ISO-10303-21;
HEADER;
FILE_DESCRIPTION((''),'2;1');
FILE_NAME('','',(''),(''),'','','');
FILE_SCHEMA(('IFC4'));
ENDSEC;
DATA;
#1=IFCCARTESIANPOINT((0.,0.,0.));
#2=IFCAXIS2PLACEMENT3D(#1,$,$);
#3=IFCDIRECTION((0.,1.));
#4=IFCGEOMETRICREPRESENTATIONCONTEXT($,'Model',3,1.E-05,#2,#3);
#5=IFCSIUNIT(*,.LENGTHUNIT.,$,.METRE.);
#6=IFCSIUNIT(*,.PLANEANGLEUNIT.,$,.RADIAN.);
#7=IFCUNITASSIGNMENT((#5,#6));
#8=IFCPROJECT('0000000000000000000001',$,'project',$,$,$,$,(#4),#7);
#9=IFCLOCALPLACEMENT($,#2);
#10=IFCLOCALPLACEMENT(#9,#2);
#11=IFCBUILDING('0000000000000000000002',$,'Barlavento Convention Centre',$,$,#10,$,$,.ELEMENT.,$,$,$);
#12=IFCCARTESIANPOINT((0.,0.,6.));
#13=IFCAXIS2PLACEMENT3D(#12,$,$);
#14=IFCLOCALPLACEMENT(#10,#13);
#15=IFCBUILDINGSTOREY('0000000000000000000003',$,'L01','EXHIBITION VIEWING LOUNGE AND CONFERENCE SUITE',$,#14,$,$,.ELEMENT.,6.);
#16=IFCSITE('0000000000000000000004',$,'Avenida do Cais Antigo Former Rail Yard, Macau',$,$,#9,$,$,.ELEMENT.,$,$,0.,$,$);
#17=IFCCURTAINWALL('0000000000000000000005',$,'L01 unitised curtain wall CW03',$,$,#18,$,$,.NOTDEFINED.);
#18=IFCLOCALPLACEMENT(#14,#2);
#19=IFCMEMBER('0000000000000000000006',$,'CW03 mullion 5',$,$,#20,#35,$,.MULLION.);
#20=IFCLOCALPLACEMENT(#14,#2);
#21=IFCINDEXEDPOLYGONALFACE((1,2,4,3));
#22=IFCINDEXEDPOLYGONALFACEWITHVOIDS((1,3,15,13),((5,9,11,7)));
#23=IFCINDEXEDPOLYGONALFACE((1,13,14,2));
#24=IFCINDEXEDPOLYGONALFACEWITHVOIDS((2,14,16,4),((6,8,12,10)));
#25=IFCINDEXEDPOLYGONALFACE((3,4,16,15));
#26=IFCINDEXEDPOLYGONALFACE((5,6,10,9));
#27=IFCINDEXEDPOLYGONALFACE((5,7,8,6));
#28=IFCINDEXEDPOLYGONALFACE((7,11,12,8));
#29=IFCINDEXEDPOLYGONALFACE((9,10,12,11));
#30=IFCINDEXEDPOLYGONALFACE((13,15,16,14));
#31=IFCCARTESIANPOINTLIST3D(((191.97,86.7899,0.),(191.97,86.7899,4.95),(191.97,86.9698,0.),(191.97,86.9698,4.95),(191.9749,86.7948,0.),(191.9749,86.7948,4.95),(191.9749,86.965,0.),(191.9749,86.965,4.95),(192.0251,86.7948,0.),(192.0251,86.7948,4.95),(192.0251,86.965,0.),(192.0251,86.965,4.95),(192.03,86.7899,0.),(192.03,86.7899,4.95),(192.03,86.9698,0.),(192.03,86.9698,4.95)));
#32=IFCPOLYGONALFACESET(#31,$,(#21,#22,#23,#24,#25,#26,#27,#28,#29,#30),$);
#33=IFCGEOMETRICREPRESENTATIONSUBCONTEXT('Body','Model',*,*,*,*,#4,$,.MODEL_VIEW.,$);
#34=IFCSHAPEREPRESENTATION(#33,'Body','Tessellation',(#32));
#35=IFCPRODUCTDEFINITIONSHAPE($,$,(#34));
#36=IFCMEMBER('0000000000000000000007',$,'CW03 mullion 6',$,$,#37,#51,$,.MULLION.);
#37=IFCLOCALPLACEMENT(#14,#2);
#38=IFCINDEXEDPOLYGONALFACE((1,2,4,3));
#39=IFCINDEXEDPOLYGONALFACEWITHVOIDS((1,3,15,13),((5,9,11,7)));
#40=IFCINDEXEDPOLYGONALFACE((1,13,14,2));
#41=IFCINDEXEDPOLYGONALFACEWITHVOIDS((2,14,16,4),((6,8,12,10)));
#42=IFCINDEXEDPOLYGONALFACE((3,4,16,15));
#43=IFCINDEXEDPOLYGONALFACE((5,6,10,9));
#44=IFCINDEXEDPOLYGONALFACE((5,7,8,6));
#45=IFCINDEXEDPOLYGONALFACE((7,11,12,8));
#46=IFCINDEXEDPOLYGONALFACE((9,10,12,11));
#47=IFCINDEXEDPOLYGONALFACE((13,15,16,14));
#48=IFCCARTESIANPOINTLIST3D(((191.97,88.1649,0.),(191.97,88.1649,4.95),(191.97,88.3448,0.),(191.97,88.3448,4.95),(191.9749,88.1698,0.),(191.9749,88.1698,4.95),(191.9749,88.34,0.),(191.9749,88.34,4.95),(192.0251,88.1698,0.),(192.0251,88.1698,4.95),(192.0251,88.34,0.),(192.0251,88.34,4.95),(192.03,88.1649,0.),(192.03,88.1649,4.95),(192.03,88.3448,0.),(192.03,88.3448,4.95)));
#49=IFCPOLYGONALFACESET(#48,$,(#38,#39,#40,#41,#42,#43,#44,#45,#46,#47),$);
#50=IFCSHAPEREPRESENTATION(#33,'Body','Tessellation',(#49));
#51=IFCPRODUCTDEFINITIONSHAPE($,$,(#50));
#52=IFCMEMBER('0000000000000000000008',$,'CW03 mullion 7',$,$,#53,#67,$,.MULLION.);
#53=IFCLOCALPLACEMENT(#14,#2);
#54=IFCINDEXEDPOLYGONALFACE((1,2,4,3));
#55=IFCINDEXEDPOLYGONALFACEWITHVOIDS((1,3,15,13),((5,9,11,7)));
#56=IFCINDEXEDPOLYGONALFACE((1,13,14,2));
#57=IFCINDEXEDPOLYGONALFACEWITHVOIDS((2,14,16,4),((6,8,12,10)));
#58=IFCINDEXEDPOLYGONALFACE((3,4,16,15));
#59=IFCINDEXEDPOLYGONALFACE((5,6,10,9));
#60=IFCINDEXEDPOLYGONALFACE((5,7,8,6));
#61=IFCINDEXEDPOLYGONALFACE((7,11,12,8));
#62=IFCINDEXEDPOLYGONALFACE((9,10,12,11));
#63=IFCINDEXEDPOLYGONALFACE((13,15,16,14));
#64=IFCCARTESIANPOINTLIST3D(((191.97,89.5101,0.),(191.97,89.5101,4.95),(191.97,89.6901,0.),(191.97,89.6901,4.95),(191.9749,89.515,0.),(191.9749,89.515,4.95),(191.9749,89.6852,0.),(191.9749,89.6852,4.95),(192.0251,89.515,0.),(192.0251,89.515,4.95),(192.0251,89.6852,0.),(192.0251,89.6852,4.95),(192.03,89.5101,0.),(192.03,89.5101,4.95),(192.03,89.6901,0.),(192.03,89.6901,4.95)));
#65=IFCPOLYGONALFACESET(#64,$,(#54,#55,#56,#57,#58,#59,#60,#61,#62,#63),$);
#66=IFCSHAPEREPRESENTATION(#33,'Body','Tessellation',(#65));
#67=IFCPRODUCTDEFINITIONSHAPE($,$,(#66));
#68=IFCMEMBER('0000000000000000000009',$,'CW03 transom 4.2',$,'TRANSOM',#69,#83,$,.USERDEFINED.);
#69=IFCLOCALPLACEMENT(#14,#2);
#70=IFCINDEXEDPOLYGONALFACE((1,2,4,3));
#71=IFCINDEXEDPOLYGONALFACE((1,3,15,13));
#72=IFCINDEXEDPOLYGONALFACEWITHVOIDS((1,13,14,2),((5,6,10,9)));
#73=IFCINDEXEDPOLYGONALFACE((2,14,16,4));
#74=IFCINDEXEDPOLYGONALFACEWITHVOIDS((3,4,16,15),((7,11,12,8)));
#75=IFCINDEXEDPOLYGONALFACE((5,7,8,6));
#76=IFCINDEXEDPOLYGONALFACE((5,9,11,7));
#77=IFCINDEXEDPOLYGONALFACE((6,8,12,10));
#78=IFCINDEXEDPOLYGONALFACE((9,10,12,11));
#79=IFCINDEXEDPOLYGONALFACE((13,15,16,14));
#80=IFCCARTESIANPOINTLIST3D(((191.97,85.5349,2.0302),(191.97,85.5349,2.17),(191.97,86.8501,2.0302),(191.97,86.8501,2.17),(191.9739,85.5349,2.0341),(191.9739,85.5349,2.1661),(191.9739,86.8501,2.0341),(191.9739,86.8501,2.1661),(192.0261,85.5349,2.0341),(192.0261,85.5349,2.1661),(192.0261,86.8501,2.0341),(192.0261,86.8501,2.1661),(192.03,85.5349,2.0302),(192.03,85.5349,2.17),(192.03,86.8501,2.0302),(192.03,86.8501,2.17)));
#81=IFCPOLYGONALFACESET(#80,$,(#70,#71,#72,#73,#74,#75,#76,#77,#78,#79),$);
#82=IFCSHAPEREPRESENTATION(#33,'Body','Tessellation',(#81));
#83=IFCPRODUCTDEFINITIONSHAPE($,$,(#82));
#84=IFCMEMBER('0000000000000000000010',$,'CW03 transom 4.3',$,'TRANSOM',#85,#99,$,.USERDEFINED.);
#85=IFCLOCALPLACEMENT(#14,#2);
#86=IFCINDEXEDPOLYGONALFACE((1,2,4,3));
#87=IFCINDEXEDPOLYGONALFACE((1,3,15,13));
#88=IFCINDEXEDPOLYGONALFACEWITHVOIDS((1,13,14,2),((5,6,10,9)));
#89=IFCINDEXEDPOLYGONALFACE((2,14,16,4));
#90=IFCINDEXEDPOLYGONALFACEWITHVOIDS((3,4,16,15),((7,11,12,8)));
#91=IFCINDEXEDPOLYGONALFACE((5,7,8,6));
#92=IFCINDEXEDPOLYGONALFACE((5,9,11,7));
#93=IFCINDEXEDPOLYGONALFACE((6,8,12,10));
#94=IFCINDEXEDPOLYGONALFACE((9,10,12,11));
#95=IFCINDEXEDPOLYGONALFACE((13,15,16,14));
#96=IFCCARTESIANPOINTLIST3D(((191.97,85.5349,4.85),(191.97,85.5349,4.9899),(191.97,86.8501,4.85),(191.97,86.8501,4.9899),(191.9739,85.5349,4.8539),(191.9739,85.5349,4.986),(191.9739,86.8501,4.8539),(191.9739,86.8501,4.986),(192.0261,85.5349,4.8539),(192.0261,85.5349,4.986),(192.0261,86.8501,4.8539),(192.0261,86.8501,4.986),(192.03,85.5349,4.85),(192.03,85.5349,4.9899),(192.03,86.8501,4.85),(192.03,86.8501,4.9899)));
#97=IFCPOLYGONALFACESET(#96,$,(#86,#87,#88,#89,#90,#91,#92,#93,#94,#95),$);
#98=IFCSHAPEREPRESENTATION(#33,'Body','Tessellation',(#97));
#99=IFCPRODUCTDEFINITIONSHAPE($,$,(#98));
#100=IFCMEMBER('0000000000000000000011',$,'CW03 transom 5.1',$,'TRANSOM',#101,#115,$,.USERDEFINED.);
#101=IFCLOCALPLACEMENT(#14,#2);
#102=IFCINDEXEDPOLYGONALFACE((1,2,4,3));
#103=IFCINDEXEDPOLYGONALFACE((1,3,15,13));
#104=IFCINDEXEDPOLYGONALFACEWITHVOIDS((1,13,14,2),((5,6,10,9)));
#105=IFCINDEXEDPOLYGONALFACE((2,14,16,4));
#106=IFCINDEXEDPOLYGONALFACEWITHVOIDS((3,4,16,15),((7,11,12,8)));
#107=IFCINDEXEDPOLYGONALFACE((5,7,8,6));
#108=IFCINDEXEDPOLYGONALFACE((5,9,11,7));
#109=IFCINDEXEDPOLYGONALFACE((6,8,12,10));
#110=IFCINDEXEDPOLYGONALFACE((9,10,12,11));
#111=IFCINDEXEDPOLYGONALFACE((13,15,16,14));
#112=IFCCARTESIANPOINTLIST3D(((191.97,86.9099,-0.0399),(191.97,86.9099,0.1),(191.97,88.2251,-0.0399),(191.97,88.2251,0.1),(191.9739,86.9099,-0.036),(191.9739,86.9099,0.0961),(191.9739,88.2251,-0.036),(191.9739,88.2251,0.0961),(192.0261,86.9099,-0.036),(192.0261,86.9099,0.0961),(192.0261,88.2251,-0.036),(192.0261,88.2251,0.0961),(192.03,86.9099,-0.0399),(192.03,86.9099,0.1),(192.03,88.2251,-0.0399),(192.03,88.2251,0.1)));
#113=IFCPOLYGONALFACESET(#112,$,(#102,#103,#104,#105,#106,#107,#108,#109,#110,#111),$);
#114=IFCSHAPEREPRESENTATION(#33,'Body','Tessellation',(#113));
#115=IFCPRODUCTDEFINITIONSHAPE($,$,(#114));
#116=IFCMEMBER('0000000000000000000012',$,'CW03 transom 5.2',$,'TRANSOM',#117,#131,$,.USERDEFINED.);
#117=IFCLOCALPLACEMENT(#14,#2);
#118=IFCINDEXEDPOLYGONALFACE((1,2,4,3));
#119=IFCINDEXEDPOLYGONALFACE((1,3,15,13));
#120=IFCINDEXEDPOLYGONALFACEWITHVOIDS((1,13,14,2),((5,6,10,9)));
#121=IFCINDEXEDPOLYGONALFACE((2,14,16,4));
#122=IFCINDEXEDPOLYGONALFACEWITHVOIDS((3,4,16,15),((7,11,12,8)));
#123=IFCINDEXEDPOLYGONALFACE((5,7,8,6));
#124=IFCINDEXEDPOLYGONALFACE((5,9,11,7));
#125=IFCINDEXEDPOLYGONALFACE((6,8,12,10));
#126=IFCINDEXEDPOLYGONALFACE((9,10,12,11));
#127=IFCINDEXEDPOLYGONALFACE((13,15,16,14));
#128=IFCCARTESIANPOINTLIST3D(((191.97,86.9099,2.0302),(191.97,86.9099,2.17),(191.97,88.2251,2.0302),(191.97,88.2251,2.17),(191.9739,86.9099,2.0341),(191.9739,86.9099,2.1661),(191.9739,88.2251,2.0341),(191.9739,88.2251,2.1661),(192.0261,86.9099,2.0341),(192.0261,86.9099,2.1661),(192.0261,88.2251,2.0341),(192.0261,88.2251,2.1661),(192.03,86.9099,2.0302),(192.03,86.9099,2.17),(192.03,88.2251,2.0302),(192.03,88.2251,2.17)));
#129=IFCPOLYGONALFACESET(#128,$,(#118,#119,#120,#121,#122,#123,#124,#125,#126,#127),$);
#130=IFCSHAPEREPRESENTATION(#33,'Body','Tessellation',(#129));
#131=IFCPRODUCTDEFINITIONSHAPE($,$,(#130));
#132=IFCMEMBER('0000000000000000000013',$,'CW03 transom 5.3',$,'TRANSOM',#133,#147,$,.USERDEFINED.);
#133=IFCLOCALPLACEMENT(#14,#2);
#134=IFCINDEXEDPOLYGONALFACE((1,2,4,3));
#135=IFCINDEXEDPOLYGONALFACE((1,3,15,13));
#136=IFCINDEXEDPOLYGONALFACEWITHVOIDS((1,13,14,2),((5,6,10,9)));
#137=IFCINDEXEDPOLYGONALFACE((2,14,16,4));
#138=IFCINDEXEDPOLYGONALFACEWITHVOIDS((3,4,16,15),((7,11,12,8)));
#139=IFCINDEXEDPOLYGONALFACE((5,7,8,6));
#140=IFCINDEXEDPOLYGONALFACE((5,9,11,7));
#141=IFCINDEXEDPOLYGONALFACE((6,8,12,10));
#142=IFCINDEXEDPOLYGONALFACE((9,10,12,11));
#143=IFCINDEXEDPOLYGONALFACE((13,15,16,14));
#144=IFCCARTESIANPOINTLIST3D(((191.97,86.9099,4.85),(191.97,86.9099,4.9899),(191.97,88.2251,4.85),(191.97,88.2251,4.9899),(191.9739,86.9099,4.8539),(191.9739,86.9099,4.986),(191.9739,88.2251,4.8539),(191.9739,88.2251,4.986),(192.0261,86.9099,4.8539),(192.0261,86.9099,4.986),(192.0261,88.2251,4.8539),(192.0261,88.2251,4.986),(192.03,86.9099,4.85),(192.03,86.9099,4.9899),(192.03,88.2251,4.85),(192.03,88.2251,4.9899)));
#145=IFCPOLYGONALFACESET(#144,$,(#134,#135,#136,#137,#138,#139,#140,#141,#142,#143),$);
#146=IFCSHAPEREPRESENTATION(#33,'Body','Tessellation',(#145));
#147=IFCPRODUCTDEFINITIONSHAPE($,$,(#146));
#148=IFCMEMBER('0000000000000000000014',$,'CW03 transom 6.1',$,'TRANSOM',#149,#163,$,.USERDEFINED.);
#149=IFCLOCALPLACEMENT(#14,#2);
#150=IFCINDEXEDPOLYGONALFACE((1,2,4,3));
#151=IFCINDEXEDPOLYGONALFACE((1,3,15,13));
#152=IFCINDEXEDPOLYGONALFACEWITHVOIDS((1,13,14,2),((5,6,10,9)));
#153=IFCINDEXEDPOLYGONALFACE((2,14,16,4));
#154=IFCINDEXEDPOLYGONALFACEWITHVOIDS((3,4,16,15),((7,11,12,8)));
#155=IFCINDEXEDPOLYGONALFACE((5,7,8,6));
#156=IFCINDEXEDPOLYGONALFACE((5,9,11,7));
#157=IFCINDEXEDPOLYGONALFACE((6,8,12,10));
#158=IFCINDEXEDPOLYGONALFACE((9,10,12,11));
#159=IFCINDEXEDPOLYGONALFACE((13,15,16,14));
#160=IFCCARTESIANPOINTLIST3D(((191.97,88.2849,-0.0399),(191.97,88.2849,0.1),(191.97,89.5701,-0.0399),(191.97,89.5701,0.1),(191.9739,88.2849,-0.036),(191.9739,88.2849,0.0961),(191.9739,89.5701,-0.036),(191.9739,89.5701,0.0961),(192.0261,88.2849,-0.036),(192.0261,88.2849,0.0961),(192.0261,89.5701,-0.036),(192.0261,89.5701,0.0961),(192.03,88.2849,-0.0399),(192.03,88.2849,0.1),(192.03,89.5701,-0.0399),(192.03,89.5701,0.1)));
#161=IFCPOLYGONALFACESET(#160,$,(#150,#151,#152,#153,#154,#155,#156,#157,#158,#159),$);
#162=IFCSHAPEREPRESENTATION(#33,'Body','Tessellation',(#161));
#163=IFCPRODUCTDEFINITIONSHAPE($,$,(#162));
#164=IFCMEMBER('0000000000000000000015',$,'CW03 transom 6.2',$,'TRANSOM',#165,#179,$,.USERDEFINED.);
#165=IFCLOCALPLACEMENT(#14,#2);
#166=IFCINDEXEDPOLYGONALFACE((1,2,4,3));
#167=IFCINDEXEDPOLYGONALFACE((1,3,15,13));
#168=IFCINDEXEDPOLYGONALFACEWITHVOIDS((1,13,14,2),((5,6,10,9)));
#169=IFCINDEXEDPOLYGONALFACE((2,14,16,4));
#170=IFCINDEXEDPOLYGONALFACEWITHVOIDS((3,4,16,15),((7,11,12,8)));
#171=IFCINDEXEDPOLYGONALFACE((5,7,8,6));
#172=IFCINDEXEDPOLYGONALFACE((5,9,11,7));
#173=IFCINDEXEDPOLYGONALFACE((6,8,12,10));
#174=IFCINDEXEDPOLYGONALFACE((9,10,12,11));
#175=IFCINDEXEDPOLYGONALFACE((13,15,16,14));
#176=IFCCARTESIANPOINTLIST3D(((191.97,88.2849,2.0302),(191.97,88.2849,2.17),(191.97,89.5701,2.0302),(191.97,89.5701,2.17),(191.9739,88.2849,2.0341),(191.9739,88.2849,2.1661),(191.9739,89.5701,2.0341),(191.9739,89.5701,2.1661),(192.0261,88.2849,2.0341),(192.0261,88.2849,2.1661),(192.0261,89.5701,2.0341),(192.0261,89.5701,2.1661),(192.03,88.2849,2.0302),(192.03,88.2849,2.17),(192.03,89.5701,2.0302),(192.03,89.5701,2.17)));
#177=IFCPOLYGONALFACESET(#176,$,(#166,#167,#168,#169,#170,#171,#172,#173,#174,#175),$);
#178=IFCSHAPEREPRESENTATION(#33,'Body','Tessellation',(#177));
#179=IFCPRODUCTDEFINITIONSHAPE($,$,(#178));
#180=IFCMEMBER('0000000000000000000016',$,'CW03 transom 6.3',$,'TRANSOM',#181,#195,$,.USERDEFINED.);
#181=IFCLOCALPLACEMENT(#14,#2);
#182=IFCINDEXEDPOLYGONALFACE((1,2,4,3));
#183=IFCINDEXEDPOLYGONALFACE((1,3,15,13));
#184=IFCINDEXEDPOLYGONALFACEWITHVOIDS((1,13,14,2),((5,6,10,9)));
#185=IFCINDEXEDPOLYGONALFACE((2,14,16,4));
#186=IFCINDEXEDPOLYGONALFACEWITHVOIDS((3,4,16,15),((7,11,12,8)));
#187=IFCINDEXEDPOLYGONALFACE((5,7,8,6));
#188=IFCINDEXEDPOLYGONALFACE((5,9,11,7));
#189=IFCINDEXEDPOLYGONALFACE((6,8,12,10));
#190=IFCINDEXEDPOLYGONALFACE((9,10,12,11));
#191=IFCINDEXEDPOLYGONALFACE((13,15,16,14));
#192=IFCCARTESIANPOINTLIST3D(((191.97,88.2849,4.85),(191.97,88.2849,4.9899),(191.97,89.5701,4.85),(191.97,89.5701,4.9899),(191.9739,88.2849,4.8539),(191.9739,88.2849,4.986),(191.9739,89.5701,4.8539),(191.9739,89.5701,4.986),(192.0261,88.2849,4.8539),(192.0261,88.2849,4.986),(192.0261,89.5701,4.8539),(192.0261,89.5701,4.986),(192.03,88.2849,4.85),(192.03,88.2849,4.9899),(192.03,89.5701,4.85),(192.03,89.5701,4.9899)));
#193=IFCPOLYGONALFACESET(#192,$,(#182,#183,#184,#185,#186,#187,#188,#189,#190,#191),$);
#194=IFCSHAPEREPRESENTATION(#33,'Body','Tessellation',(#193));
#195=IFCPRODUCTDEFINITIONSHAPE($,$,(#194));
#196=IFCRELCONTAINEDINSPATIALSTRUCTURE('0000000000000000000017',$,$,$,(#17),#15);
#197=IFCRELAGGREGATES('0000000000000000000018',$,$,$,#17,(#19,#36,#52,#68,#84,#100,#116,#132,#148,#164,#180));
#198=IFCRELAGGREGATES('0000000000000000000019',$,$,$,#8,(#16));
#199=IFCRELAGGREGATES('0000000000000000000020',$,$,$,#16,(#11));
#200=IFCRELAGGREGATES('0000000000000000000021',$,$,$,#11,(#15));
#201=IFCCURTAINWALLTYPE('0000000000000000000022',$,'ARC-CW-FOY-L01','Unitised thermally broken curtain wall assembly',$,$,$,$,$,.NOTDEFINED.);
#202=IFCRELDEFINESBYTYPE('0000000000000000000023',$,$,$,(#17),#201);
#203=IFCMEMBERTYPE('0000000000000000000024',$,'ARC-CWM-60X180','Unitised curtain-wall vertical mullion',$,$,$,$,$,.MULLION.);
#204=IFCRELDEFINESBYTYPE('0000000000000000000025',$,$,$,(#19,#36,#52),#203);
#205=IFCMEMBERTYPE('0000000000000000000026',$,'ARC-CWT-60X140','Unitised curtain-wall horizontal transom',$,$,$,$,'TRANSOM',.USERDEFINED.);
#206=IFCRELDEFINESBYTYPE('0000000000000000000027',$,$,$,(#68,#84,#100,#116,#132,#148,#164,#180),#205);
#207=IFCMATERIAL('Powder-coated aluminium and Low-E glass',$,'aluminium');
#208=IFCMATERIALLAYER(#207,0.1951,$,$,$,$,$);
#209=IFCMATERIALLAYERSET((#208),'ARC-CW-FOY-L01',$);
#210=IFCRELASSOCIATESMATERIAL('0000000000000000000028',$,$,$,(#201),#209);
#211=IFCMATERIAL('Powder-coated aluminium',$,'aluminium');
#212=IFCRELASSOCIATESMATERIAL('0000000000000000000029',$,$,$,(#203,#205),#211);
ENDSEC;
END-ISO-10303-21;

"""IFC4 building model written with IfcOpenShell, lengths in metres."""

from ifc_helpers import new_model, si_unit, direction, frame, origin, origin_2d, place, context, subcontext, project, spatial, hollow_rectangle, extrude, material, layer, layer_set, material_profile, profile_set, type_object, element, aggregate, save


model = new_model("IFC4")

# Units and contexts
model_context = context("Model", 3, precision=1e-05, world=origin(), true_north=direction((0.0, 1.0)))
body_context = subcontext(model_context, "Body", "Model", "MODEL_VIEW")
ifc_project = project(units=[si_unit("LENGTHUNIT", "METRE"), si_unit("PLANEANGLEUNIT", "RADIAN")], contexts=[model_context])

# Site, building, storey
site_placement = place(None, origin())
site = spatial("IfcSite", under=ifc_project, at=site_placement, Name="Avenida do Cais Antigo Former Rail Yard, Macau", CompositionType="ELEMENT", RefElevation=0.0)
building_placement = place(site_placement, origin())
building = spatial("IfcBuilding", under=site, at=building_placement, Name="Barlavento Convention Centre", CompositionType="ELEMENT")
storey_placement = place(building_placement, frame((0.0, 0.0, 6.0)))
storey = spatial("IfcBuildingStorey", under=building, at=storey_placement, Name="L01", Description="EXHIBITION VIEWING LOUNGE AND CONFERENCE SUITE", CompositionType="ELEMENT", Elevation=6.0)

# Curtain wall, members
ifc_material_1 = material(Name="Powder-coated aluminium and Low-E glass", Category="aluminium")
ifc_layer_1 = layer(ifc_material_1, 0.1951)
ifc_layer_set_1 = layer_set([ifc_layer_1], Name="ARC-CW-FOY-L01")
curtain_wall_type = type_object("IfcCurtainWallType", Name="ARC-CW-FOY-L01", Description="Unitised thermally broken curtain wall assembly", PredefinedType="NOTDEFINED", material=ifc_layer_set_1)
curtain_wall_placement = place(storey_placement, origin())
curtain_wall = element("IfcCurtainWall", 1, at=curtain_wall_placement, inside=storey, type_object=curtain_wall_type, Name="L01 unitised curtain wall CW03", PredefinedType="NOTDEFINED")
ifc_material_2 = material(Name="Powder-coated aluminium", Category="aluminium")
ifc_material_profile_1 = material_profile(ifc_material_2, hollow_rectangle(XDim=0.0601, YDim=0.1799, WallThickness=0.0049, at=origin_2d()), Name="AL-MULL 60x180x5")
ifc_profile_set_1 = profile_set([ifc_material_profile_1], Name="Powder-coated aluminium")
member_type_1 = type_object("IfcMemberType", Name="ARC-CWM-60X180", Description="Unitised curtain-wall vertical mullion", PredefinedType="MULLION", material=ifc_profile_set_1)
member_1_placement = place(storey_placement, frame((192.0, 86.8799, 0.0), z_axis=(0.0, 0.0, 1.0), x_axis=(-1.0, 0.0, 0.0)))
member_1 = element("IfcMember", 2, at=member_1_placement, type_object=member_type_1, Name="CW03 mullion 5", PredefinedType="MULLION", context=body_context, shape_type="SweptSolid", body=[
    extrude(hollow_rectangle(XDim=0.0601, YDim=0.1799, WallThickness=0.0049, at=origin_2d()), origin(), (0.0, 0.0, 1.0), 4.95),
])
member_2_placement = place(storey_placement, frame((192.0, 88.2549, 0.0), z_axis=(0.0, 0.0, 1.0), x_axis=(-1.0, 0.0, 0.0)))
member_2 = element("IfcMember", 3, at=member_2_placement, type_object=member_type_1, Name="CW03 mullion 6", PredefinedType="MULLION", context=body_context, shape_type="SweptSolid", body=[
    extrude(hollow_rectangle(XDim=0.0601, YDim=0.1799, WallThickness=0.0049, at=origin_2d()), origin(), (0.0, 0.0, 1.0), 4.95),
])
member_3_placement = place(storey_placement, frame((192.0, 89.6001, 0.0), z_axis=(0.0, 0.0, 1.0), x_axis=(-1.0, 0.0, 0.0)))
member_3 = element("IfcMember", 4, at=member_3_placement, type_object=member_type_1, Name="CW03 mullion 7", PredefinedType="MULLION", context=body_context, shape_type="SweptSolid", body=[
    extrude(hollow_rectangle(XDim=0.0601, YDim=0.1799, WallThickness=0.0049, at=origin_2d()), origin(), (0.0, 0.0, 1.0), 4.95),
])
ifc_material_profile_2 = material_profile(ifc_material_2, hollow_rectangle(XDim=0.0601, YDim=0.1399, WallThickness=0.0039, at=origin_2d()), Name="AL-TRAN 60x140x4")
ifc_profile_set_2 = profile_set([ifc_material_profile_2], Name="Powder-coated aluminium")
member_type_2 = type_object("IfcMemberType", Name="ARC-CWT-60X140", Description="Unitised curtain-wall horizontal transom", ElementType="TRANSOM", PredefinedType="USERDEFINED", material=ifc_profile_set_2)
member_4_placement = place(storey_placement, frame((192.0, 85.5349, 2.1001), z_axis=(0.0, 1.0, 0.0), x_axis=(-1.0, 0.0, 0.0)))
member_4 = element("IfcMember", 5, at=member_4_placement, type_object=member_type_2, Name="CW03 transom 4.2", ObjectType="TRANSOM", PredefinedType="USERDEFINED", context=body_context, shape_type="SweptSolid", body=[
    extrude(hollow_rectangle(XDim=0.0601, YDim=0.1399, WallThickness=0.0039, at=origin_2d()), origin(), (0.0, 0.0, 1.0), 1.3152),
])
member_5_placement = place(storey_placement, frame((192.0, 85.5349, 4.9199), z_axis=(0.0, 1.0, 0.0), x_axis=(-1.0, 0.0, 0.0)))
member_5 = element("IfcMember", 6, at=member_5_placement, type_object=member_type_2, Name="CW03 transom 4.3", ObjectType="TRANSOM", PredefinedType="USERDEFINED", context=body_context, shape_type="SweptSolid", body=[
    extrude(hollow_rectangle(XDim=0.0601, YDim=0.1399, WallThickness=0.0039, at=origin_2d()), origin(), (0.0, 0.0, 1.0), 1.3152),
])
member_6_placement = place(storey_placement, frame((192.0, 86.9099, 0.03), z_axis=(0.0, 1.0, 0.0), x_axis=(-1.0, 0.0, 0.0)))
member_6 = element("IfcMember", 7, at=member_6_placement, type_object=member_type_2, Name="CW03 transom 5.1", ObjectType="TRANSOM", PredefinedType="USERDEFINED", context=body_context, shape_type="SweptSolid", body=[
    extrude(hollow_rectangle(XDim=0.0601, YDim=0.1399, WallThickness=0.0039, at=origin_2d()), origin(), (0.0, 0.0, 1.0), 1.3152),
])
member_7_placement = place(storey_placement, frame((192.0, 86.9099, 2.1001), z_axis=(0.0, 1.0, 0.0), x_axis=(-1.0, 0.0, 0.0)))
member_7 = element("IfcMember", 8, at=member_7_placement, type_object=member_type_2, Name="CW03 transom 5.2", ObjectType="TRANSOM", PredefinedType="USERDEFINED", context=body_context, shape_type="SweptSolid", body=[
    extrude(hollow_rectangle(XDim=0.0601, YDim=0.1399, WallThickness=0.0039, at=origin_2d()), origin(), (0.0, 0.0, 1.0), 1.3152),
])
member_8_placement = place(storey_placement, frame((192.0, 86.9099, 4.9199), z_axis=(0.0, 1.0, 0.0), x_axis=(-1.0, 0.0, 0.0)))
member_8 = element("IfcMember", 9, at=member_8_placement, type_object=member_type_2, Name="CW03 transom 5.3", ObjectType="TRANSOM", PredefinedType="USERDEFINED", context=body_context, shape_type="SweptSolid", body=[
    extrude(hollow_rectangle(XDim=0.0601, YDim=0.1399, WallThickness=0.0039, at=origin_2d()), origin(), (0.0, 0.0, 1.0), 1.3152),
])
member_9_placement = place(storey_placement, frame((192.0, 88.2849, 0.03), z_axis=(0.0, 1.0, 0.0), x_axis=(-1.0, 0.0, 0.0)))
member_9 = element("IfcMember", 10, at=member_9_placement, type_object=member_type_2, Name="CW03 transom 6.1", ObjectType="TRANSOM", PredefinedType="USERDEFINED", context=body_context, shape_type="SweptSolid", body=[
    extrude(hollow_rectangle(XDim=0.0601, YDim=0.1399, WallThickness=0.0039, at=origin_2d()), origin(), (0.0, 0.0, 1.0), 1.2852),
])
member_10_placement = place(storey_placement, frame((192.0, 88.2849, 2.1001), z_axis=(0.0, 1.0, 0.0), x_axis=(-1.0, 0.0, 0.0)))
member_10 = element("IfcMember", 11, at=member_10_placement, type_object=member_type_2, Name="CW03 transom 6.2", ObjectType="TRANSOM", PredefinedType="USERDEFINED", context=body_context, shape_type="SweptSolid", body=[
    extrude(hollow_rectangle(XDim=0.0601, YDim=0.1399, WallThickness=0.0039, at=origin_2d()), origin(), (0.0, 0.0, 1.0), 1.2852),
])
member_11_placement = place(storey_placement, frame((192.0, 88.2849, 4.9199), z_axis=(0.0, 1.0, 0.0), x_axis=(-1.0, 0.0, 0.0)))
member_11 = element("IfcMember", 12, at=member_11_placement, type_object=member_type_2, Name="CW03 transom 6.3", ObjectType="TRANSOM", PredefinedType="USERDEFINED", context=body_context, shape_type="SweptSolid", body=[
    extrude(hollow_rectangle(XDim=0.0601, YDim=0.1399, WallThickness=0.0039, at=origin_2d()), origin(), (0.0, 0.0, 1.0), 1.2852),
])
aggregate(curtain_wall, [member_1, member_2, member_3, member_4, member_5, member_6, member_7, member_8, member_9, member_10, member_11])

save(model, "model.ifc")
